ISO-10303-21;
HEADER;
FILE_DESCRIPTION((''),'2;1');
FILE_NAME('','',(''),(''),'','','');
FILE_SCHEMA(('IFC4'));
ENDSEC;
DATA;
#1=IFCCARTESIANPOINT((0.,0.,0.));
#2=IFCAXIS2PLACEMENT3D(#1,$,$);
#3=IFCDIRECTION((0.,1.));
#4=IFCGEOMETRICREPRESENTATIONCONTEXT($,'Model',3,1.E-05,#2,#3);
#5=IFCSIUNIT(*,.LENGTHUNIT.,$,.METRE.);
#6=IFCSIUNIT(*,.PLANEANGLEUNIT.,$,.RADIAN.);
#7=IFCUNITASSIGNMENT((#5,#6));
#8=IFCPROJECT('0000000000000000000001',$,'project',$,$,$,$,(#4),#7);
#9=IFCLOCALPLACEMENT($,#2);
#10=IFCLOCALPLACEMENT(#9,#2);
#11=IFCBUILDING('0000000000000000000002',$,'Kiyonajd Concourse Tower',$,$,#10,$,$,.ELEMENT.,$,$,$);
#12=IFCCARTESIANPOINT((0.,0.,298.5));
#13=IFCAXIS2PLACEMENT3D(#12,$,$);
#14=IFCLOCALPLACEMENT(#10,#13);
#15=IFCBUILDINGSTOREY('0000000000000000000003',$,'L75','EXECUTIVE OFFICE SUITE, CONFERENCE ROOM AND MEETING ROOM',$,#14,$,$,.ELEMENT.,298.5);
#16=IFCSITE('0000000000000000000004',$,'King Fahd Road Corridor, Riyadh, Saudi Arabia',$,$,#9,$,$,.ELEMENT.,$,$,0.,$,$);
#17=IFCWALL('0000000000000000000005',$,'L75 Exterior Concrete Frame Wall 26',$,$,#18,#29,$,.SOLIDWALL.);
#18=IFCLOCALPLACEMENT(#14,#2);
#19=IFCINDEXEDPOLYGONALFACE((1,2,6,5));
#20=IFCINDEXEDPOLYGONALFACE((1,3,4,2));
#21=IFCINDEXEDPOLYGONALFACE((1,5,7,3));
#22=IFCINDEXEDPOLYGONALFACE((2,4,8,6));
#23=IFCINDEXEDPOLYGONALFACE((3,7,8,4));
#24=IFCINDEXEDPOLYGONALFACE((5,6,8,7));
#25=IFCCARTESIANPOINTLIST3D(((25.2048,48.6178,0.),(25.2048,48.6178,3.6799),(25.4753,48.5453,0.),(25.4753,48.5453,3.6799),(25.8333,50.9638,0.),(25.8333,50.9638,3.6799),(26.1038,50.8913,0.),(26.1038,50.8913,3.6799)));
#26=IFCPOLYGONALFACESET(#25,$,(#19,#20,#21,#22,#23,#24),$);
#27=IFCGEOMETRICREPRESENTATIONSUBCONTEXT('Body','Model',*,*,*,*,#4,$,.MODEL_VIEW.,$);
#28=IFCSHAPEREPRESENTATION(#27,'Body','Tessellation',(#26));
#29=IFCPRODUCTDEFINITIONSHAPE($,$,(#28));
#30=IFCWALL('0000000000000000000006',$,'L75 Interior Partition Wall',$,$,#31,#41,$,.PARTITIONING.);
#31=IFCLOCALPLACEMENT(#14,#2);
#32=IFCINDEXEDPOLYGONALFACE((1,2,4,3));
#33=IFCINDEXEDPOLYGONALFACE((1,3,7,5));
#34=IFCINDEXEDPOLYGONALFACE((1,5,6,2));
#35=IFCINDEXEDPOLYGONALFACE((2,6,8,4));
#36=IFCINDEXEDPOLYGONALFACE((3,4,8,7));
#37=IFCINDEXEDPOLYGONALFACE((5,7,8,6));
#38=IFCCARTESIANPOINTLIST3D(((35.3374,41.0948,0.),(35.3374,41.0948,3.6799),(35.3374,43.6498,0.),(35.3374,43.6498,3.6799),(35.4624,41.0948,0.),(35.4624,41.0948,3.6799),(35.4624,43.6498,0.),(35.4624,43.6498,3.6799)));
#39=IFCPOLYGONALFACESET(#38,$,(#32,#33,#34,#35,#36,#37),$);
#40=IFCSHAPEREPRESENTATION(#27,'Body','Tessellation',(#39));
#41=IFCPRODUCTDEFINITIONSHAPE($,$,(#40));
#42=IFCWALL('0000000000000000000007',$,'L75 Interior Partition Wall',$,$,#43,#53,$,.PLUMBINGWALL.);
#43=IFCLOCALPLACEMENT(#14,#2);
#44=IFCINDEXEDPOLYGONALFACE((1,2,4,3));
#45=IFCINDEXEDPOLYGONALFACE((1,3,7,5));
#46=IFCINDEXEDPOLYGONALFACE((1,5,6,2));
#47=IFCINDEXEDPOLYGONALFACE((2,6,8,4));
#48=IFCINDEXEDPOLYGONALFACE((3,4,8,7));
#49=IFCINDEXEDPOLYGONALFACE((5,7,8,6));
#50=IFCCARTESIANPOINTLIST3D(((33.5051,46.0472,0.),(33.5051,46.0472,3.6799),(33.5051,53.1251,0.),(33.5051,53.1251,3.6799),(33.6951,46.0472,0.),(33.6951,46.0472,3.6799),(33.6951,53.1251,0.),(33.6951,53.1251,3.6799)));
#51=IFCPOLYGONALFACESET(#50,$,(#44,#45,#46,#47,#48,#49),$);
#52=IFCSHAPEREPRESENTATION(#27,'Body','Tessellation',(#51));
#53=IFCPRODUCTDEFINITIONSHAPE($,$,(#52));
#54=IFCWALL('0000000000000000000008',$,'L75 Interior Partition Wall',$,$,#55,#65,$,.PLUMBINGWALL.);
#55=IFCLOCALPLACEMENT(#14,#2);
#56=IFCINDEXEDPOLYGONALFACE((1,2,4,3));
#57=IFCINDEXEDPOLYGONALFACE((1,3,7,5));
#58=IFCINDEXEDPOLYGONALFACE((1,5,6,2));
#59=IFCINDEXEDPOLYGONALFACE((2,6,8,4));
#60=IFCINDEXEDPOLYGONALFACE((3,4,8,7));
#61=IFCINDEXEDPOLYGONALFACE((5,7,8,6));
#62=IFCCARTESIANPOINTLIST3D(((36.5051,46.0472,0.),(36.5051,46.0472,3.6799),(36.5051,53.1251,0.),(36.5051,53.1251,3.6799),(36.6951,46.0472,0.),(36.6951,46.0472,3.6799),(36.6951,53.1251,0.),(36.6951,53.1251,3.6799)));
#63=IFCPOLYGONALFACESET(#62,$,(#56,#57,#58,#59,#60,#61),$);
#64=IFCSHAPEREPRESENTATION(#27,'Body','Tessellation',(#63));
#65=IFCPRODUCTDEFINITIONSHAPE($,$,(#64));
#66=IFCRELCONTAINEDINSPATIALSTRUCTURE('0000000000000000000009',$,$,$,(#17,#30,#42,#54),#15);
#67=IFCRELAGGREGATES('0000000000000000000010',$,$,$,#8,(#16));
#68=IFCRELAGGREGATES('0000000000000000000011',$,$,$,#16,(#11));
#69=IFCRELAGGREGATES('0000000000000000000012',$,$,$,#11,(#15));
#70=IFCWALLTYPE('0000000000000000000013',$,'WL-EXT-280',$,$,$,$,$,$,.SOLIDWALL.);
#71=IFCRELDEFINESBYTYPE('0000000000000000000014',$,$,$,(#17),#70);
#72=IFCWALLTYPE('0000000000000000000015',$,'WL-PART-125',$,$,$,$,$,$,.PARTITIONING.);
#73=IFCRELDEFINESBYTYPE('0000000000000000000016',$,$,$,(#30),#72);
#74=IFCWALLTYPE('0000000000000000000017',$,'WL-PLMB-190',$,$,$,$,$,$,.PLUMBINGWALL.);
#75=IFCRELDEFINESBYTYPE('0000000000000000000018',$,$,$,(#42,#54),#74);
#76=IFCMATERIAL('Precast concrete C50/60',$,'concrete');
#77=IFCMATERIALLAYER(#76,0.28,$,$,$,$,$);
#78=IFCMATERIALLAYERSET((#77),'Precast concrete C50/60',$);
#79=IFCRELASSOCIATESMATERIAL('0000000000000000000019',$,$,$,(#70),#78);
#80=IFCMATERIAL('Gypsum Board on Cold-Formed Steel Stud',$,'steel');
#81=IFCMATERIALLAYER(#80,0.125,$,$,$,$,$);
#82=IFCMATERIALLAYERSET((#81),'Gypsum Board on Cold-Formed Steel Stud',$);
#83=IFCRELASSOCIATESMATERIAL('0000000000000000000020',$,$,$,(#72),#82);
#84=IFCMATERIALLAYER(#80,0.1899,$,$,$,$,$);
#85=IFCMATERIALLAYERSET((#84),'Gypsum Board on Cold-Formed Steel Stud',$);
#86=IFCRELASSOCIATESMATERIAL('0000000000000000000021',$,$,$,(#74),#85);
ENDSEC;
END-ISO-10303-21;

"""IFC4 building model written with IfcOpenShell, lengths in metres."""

from ifc_helpers import new_model, si_unit, direction, frame, frame_2d, origin, place, context, subcontext, project, spatial, rectangle, extrude, material, layer, layer_set, type_object, element, save


model = new_model("IFC4")

# Units and contexts
model_context = context("Model", 3, precision=1e-05, world=origin(), true_north=direction((0.0, 1.0)))
body_context = subcontext(model_context, "Body", "Model", "MODEL_VIEW")
ifc_project = project(units=[si_unit("LENGTHUNIT", "METRE"), si_unit("PLANEANGLEUNIT", "RADIAN")], contexts=[model_context])

# Site, building, storey
site_placement = place(None, origin())
site = spatial("IfcSite", under=ifc_project, at=site_placement, Name="King Fahd Road Corridor, Riyadh, Saudi Arabia", CompositionType="ELEMENT", RefElevation=0.0)
building_placement = place(site_placement, origin())
building = spatial("IfcBuilding", under=site, at=building_placement, Name="Kiyonajd Concourse Tower", CompositionType="ELEMENT")
storey_placement = place(building_placement, frame((0.0, 0.0, 298.5)))
storey = spatial("IfcBuildingStorey", under=building, at=storey_placement, Name="L75", Description="EXECUTIVE OFFICE SUITE, CONFERENCE ROOM AND MEETING ROOM", CompositionType="ELEMENT", Elevation=298.5)

# Walls
ifc_material_1 = material(Name="Precast concrete C50/60", Category="concrete")
ifc_layer_1 = layer(ifc_material_1, 0.28)
ifc_layer_set_1 = layer_set([ifc_layer_1], Name="Precast concrete C50/60")
wall_type_1 = type_object("IfcWallType", Name="WL-EXT-280", PredefinedType="SOLIDWALL", material=ifc_layer_set_1)
wall_1_placement = place(storey_placement, frame((25.3401, 48.5815, 0.0), z_axis=(0.0, 0.0, 1.0), x_axis=(0.258751, 0.965944, 0.0)))
element("IfcWall", 1, at=wall_1_placement, inside=storey, type_object=wall_type_1, Name="L75 Exterior Concrete Frame Wall 26", PredefinedType="SOLIDWALL", context=body_context, shape_type="SweptSolid", body=[
    extrude(rectangle(XDim=2.4287, YDim=0.28, at=frame_2d((1.2144, 0.0))), origin(), (0.0, 0.0, 1.0), 3.6799),
])
ifc_material_2 = material(Name="Gypsum Board on Cold-Formed Steel Stud", Category="steel")
ifc_layer_2 = layer(ifc_material_2, 0.125)
ifc_layer_set_2 = layer_set([ifc_layer_2], Name="Gypsum Board on Cold-Formed Steel Stud")
wall_type_2 = type_object("IfcWallType", Name="WL-PART-125", PredefinedType="PARTITIONING", material=ifc_layer_set_2)
wall_2_placement = place(storey_placement, frame((35.3999, 41.095, 0.0), z_axis=(0.0, 0.0, 1.0), x_axis=(0.0, 1.0, 0.0)))
element("IfcWall", 2, at=wall_2_placement, inside=storey, type_object=wall_type_2, Name="L75 Interior Partition Wall", PredefinedType="PARTITIONING", context=body_context, shape_type="SweptSolid", body=[
    extrude(rectangle(XDim=2.5549, YDim=0.125, at=frame_2d((1.2773, 0.0))), origin(), (0.0, 0.0, 1.0), 3.6799),
])

# Shared definitions
ifc_layer_3 = layer(ifc_material_2, 0.1899)
ifc_layer_set_3 = layer_set([ifc_layer_3], Name="Gypsum Board on Cold-Formed Steel Stud")
wall_type_3 = type_object("IfcWallType", Name="WL-PLMB-190", PredefinedType="PLUMBINGWALL", material=ifc_layer_set_3)

# Walls
for number, where, z_axis, x_axis, name in (
    (3, (33.6001, 46.0471, 0.0), (0.0, 0.0, 1.0), (0.0, 1.0, 0.0), "L75 Interior Partition Wall"),
    (4, (36.6001, 46.0471, 0.0), (0.0, 0.0, 1.0), (0.0, 1.0, 0.0), "L75 Interior Partition Wall"),
):
    element("IfcWall", number, at=place(storey_placement, frame(where, z_axis=z_axis, x_axis=x_axis)), inside=storey, type_object=wall_type_3, Name=name, PredefinedType="PLUMBINGWALL", context=body_context, shape_type="SweptSolid", body=[
        extrude(rectangle(XDim=7.0779, YDim=0.1899, at=frame_2d((3.5391, 0.0))), origin(), (0.0, 0.0, 1.0), 3.6799),
    ])

save(model, "model.ifc")
